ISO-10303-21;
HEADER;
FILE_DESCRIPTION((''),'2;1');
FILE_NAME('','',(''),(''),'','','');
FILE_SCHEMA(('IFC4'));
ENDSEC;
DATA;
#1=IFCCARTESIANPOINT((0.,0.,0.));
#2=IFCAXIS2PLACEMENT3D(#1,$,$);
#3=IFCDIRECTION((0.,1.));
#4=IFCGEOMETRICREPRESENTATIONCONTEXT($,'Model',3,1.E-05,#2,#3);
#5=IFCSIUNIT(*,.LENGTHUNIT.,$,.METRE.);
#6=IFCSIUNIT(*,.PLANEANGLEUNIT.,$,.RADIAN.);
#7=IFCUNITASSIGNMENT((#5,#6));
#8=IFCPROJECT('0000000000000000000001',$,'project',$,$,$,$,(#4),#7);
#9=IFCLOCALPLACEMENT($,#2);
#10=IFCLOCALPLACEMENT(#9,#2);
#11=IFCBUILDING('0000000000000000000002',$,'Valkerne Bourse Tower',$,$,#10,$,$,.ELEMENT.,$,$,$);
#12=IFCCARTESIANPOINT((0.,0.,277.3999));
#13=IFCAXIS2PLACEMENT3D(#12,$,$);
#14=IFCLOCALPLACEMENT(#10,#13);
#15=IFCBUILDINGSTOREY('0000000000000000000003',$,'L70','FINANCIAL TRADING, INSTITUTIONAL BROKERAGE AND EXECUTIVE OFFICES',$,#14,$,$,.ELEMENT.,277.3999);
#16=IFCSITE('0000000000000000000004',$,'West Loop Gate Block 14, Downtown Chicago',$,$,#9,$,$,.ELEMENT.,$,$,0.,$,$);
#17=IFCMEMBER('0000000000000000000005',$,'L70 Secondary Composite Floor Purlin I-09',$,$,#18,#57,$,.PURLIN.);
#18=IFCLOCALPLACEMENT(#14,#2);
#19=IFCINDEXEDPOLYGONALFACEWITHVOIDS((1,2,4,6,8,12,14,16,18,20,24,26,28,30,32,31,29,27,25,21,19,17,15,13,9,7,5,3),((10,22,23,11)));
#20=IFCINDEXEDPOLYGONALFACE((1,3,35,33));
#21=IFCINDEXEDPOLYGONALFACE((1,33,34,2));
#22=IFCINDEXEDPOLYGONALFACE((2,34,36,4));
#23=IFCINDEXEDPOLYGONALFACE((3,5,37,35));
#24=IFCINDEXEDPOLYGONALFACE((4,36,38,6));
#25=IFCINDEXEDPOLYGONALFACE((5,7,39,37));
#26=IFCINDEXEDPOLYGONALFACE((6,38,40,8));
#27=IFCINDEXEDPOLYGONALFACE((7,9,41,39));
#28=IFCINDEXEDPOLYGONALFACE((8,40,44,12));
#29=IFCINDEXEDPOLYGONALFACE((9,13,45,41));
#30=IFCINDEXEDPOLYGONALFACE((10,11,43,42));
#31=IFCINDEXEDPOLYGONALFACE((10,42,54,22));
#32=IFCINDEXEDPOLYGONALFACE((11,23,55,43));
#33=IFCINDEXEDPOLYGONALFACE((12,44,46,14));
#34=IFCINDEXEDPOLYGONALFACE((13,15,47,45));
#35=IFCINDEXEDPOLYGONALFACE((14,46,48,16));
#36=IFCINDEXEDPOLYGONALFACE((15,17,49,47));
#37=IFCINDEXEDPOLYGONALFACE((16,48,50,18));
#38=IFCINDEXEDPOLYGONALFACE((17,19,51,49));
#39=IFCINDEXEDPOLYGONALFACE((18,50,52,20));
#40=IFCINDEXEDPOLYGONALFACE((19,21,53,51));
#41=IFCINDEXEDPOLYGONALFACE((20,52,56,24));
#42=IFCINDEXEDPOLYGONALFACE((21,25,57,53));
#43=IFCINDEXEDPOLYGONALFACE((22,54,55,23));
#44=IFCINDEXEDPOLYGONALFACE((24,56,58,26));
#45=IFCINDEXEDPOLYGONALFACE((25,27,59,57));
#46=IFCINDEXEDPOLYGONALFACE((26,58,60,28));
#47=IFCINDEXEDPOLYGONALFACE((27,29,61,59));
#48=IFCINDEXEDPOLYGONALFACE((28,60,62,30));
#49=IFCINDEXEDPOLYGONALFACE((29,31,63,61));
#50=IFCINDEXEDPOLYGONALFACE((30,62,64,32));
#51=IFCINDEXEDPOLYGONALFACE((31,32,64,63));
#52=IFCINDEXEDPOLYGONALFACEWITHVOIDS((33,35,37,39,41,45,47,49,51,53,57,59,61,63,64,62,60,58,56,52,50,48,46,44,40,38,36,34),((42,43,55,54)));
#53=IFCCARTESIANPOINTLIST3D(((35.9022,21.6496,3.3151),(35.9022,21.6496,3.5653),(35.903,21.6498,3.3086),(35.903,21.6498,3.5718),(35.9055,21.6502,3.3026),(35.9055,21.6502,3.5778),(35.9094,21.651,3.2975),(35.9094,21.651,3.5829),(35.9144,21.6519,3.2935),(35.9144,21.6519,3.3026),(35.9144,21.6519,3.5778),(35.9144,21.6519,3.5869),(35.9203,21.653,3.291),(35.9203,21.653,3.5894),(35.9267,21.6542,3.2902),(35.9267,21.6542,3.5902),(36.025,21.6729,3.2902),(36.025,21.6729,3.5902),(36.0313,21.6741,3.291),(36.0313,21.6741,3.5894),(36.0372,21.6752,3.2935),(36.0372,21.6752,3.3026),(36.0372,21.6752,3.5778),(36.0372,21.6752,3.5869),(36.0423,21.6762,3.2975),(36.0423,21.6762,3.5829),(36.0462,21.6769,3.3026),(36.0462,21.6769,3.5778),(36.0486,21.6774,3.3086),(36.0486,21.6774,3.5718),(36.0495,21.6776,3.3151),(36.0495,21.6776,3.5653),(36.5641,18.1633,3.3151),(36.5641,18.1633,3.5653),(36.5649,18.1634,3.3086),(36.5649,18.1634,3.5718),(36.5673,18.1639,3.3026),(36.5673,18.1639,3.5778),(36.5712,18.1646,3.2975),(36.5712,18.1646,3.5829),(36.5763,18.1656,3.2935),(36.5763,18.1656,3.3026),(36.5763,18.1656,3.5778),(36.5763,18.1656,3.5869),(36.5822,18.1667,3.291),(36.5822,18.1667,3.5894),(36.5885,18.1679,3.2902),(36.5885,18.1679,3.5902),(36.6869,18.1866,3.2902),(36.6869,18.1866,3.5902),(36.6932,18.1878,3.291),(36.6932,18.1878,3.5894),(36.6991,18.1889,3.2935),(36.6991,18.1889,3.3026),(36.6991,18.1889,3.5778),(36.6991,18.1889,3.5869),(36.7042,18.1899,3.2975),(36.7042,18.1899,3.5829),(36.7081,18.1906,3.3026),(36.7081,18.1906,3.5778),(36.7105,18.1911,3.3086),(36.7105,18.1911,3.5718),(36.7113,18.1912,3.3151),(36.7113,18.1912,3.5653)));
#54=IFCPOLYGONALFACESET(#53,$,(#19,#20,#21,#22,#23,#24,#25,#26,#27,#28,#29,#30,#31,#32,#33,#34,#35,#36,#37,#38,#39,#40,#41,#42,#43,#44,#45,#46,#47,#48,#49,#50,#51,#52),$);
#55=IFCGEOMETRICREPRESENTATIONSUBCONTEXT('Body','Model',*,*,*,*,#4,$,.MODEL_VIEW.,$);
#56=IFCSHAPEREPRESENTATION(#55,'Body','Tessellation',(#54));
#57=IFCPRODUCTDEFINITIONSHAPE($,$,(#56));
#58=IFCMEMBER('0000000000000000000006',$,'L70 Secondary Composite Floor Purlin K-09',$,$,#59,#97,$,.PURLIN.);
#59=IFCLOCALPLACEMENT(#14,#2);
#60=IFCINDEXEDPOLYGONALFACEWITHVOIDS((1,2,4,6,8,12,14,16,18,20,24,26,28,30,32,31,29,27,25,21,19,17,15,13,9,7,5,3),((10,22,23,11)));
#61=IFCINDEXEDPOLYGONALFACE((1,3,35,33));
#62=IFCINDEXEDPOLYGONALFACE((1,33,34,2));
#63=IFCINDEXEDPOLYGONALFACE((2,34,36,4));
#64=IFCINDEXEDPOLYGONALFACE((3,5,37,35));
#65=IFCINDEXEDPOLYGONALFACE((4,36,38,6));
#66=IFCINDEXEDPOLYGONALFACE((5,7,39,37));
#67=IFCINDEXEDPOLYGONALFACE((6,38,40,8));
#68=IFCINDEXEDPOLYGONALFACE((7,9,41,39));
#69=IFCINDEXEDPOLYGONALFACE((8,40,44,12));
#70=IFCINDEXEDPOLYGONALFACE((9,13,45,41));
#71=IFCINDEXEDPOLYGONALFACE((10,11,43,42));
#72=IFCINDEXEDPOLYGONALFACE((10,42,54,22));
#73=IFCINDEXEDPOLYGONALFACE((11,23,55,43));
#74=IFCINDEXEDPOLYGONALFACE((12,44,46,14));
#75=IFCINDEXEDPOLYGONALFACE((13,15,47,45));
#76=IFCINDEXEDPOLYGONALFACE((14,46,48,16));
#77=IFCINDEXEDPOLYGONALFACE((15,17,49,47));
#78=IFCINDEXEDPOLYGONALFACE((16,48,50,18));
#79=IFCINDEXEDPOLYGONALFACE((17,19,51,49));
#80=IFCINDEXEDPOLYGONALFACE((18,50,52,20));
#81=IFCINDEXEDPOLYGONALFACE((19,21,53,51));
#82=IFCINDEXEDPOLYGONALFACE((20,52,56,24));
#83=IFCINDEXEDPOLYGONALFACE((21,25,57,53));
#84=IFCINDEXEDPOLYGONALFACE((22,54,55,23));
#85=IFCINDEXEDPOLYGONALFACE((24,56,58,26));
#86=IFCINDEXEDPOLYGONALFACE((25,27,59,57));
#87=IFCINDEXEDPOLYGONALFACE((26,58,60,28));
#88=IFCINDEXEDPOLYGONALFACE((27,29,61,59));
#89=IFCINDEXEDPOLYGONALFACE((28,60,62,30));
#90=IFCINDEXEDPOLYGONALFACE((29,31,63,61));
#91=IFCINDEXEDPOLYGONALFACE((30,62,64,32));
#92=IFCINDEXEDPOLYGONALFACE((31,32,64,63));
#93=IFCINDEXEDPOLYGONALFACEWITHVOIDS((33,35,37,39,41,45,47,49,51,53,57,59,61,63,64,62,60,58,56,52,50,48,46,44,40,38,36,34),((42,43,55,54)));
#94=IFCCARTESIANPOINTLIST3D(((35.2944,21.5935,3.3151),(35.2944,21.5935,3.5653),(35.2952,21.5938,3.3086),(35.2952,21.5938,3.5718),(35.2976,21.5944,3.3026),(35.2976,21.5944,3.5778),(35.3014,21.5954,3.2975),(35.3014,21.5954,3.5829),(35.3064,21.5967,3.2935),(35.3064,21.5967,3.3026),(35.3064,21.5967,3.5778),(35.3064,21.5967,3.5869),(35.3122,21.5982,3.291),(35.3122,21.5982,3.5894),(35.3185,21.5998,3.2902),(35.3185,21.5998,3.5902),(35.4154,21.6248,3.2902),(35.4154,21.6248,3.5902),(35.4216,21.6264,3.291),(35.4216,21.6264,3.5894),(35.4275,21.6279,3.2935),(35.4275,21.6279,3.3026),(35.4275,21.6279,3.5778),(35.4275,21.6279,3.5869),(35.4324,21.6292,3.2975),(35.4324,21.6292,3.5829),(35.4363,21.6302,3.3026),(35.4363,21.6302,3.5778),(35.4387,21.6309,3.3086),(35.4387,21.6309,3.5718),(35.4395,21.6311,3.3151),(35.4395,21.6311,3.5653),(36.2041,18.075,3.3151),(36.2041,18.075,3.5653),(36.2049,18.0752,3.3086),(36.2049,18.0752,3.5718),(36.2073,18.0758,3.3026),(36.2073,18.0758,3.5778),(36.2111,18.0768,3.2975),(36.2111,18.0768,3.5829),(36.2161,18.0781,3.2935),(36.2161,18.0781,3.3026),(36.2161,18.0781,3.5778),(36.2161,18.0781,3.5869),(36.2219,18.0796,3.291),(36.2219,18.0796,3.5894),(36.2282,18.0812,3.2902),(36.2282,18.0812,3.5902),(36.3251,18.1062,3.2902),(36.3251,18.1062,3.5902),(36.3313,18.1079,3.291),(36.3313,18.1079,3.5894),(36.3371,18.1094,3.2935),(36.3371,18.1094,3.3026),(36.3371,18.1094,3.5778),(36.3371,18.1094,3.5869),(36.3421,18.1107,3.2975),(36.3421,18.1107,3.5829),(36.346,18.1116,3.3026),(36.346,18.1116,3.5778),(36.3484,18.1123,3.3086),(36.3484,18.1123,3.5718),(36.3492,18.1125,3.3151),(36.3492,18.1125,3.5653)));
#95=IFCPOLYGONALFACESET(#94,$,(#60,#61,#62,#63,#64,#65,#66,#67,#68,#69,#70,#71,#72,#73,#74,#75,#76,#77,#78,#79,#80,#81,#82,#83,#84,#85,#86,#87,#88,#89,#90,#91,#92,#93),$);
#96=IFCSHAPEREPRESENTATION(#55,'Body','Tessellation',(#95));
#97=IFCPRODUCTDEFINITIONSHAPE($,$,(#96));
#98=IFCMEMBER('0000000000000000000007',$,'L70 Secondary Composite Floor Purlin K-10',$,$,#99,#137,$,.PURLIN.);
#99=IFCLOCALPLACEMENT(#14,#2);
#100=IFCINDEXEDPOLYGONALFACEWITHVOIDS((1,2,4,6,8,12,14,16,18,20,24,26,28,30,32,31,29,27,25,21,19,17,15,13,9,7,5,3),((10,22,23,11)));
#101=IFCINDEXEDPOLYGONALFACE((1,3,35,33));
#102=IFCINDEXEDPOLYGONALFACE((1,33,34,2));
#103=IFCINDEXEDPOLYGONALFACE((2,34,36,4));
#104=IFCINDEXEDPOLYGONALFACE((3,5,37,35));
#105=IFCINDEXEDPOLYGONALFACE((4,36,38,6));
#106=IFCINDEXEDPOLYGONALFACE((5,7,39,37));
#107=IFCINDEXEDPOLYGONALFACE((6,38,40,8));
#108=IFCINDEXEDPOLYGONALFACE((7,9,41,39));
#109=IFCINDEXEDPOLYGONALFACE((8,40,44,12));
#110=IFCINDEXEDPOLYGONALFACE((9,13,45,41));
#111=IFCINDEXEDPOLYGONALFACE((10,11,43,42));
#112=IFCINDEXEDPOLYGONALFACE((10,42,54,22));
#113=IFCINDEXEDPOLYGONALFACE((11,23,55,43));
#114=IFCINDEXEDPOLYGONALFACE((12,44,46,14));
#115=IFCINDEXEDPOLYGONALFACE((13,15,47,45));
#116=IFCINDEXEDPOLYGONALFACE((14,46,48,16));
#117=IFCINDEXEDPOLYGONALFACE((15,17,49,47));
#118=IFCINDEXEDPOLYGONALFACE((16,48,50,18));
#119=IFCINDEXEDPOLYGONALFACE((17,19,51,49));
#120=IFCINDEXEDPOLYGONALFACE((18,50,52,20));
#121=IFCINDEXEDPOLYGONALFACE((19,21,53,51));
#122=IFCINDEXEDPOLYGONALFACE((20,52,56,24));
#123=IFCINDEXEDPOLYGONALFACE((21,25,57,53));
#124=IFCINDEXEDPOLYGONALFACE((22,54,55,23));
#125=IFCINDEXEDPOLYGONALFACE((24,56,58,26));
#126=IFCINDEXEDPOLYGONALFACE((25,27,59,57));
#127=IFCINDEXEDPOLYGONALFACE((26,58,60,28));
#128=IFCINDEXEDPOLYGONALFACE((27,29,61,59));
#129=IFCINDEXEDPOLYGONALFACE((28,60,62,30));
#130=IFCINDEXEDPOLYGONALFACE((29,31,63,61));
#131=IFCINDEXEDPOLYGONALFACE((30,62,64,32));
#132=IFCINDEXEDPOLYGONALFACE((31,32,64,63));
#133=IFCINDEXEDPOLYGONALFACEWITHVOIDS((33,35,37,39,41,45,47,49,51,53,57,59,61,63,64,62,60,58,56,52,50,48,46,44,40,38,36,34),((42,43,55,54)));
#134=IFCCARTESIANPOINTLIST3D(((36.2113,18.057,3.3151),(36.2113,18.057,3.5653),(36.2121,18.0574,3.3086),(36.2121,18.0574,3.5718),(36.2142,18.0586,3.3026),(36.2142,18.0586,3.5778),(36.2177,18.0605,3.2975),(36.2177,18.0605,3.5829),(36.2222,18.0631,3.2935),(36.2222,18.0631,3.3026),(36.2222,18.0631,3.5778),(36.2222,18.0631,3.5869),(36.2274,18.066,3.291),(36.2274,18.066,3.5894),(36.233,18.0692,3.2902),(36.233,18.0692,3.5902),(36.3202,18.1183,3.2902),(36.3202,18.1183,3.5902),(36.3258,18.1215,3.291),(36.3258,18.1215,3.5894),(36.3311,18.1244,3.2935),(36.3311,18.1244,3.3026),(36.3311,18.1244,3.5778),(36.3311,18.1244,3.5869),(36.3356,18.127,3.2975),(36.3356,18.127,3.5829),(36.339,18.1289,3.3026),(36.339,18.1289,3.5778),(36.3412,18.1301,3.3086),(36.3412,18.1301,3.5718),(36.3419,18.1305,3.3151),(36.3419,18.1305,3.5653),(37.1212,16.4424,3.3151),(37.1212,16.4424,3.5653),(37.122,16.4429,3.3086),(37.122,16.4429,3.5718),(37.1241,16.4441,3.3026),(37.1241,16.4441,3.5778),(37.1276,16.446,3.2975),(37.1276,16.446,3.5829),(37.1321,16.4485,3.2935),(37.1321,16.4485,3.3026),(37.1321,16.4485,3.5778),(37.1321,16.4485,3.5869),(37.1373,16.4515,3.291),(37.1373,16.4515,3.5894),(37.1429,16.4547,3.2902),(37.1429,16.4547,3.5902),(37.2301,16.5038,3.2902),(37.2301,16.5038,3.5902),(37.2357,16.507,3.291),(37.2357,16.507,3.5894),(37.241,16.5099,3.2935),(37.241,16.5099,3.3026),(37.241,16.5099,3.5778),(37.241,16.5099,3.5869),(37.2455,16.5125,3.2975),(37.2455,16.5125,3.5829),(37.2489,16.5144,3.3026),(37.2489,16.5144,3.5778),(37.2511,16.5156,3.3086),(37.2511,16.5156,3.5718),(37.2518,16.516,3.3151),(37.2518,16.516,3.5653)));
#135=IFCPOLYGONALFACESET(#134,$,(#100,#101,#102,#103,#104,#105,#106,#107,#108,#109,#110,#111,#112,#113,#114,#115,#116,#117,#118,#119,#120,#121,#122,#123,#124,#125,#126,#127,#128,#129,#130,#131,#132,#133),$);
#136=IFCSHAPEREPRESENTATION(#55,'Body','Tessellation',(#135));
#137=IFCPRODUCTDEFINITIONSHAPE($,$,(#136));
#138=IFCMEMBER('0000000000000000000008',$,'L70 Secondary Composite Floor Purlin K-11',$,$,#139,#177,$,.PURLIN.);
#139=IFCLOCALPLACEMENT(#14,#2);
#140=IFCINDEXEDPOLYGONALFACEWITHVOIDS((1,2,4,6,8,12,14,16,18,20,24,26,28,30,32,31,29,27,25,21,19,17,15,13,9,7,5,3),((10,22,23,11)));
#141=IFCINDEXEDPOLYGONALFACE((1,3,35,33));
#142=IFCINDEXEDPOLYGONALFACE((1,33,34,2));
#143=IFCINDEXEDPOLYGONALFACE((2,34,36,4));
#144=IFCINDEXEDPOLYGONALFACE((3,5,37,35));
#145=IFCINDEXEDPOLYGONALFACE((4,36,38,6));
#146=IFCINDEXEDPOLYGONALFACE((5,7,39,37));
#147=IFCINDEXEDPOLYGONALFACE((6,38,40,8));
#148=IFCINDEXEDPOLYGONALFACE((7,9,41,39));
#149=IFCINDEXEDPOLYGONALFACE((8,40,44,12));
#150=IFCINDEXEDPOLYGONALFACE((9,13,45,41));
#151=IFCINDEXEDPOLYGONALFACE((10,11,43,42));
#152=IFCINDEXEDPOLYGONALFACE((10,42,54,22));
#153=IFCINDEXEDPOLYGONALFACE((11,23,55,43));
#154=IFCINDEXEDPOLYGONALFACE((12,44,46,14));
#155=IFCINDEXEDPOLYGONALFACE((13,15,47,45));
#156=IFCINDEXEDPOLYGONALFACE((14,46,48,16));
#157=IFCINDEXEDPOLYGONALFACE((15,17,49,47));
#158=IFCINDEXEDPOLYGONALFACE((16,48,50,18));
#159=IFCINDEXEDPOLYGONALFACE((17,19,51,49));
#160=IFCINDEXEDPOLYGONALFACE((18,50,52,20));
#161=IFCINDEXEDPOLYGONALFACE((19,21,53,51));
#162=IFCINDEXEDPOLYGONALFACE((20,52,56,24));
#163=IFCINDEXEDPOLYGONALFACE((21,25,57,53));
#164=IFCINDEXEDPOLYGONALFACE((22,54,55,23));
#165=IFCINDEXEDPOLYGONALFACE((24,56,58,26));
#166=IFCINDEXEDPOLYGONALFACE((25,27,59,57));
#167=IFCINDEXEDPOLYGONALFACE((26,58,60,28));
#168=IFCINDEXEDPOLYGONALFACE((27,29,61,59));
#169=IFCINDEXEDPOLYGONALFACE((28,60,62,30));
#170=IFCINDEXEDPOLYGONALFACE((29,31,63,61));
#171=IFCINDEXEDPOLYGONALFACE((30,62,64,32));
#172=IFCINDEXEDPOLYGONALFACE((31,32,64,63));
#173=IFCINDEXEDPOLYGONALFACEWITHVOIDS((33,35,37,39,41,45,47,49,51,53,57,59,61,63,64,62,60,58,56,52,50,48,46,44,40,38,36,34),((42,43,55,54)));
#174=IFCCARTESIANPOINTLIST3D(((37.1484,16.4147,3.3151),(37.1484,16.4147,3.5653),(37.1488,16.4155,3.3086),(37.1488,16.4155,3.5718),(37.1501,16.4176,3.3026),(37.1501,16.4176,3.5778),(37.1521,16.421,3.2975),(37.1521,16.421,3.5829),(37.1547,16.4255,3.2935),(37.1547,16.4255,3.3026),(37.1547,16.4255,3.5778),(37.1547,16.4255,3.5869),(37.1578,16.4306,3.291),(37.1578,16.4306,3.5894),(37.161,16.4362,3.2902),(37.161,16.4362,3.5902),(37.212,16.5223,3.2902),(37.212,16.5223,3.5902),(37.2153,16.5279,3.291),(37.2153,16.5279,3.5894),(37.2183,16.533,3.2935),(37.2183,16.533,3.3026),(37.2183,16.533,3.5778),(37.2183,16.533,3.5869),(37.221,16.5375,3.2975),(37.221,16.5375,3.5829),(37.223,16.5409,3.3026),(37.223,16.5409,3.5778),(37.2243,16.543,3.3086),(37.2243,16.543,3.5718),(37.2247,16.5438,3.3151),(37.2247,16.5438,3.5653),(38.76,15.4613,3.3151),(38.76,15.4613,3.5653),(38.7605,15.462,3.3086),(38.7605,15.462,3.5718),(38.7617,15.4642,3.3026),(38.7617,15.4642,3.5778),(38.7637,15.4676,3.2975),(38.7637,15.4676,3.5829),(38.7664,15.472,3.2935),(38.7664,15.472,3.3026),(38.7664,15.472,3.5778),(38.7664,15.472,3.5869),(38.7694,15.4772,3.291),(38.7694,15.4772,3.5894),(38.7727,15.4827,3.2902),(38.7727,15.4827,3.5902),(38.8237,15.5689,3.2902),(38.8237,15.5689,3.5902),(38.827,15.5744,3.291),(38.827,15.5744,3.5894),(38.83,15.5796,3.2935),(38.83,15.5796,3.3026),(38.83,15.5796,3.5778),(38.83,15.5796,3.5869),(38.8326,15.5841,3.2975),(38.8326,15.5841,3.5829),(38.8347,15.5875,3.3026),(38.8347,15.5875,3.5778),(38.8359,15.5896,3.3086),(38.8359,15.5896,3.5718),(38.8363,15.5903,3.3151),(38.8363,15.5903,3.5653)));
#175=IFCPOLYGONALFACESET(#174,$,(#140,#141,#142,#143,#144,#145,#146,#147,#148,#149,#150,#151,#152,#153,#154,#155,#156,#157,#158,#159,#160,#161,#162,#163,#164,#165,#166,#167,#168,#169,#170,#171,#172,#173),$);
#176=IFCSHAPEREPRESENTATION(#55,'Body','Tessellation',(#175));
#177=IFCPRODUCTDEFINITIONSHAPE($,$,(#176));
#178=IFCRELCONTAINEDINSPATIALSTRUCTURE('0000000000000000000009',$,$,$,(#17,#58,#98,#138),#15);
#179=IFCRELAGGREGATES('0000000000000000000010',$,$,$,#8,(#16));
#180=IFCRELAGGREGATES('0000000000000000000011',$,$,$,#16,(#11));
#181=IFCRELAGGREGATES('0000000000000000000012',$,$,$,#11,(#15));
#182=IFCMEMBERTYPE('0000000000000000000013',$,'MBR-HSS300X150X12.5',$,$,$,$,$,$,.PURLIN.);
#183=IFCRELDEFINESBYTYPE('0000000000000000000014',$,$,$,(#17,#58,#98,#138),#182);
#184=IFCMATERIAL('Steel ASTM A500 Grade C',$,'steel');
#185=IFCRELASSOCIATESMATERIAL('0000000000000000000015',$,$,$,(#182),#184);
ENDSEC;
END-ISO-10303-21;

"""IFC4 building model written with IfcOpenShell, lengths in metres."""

from ifc_helpers import new_model, si_unit, direction, frame, origin, origin_2d, place, context, subcontext, project, spatial, hollow_rectangle, extrude, material, material_profile, profile_set, type_object, element, save


model = new_model("IFC4")

# Units and contexts
model_context = context("Model", 3, precision=1e-05, world=origin(), true_north=direction((0.0, 1.0)))
body_context = subcontext(model_context, "Body", "Model", "MODEL_VIEW")
ifc_project = project(units=[si_unit("LENGTHUNIT", "METRE"), si_unit("PLANEANGLEUNIT", "RADIAN")], contexts=[model_context])

# Site, building, storey
site_placement = place(None, origin())
site = spatial("IfcSite", under=ifc_project, at=site_placement, Name="West Loop Gate Block 14, Downtown Chicago", CompositionType="ELEMENT", RefElevation=0.0)
building_placement = place(site_placement, origin())
building = spatial("IfcBuilding", under=site, at=building_placement, Name="Valkerne Bourse Tower", CompositionType="ELEMENT")
storey_placement = place(building_placement, frame((0.0, 0.0, 277.3999)))
storey = spatial("IfcBuildingStorey", under=building, at=storey_placement, Name="L70", Description="FINANCIAL TRADING, INSTITUTIONAL BROKERAGE AND EXECUTIVE OFFICES", CompositionType="ELEMENT", Elevation=277.3999)

# Members
ifc_material_1 = material(Name="Steel ASTM A500 Grade C", Category="steel")
ifc_material_profile_1 = material_profile(ifc_material_1, hollow_rectangle(XDim=0.1499, YDim=0.3, WallThickness=0.0125, OuterFilletRadius=0.0249, at=origin_2d()), Name="HSS300X150X12.5")
ifc_profile_set_1 = profile_set([ifc_material_profile_1], Name="Steel ASTM A500 Grade C")
member_type_1 = type_object("IfcMemberType", Name="MBR-HSS300X150X12.5", PredefinedType="PURLIN", material=ifc_profile_set_1)
member_1_placement = place(storey_placement, frame((35.9758, 21.6636, 3.4402), z_axis=(0.186515, -0.982452, 0.0), x_axis=(0.982452, 0.186515, 0.0)))
element("IfcMember", 1, at=member_1_placement, inside=storey, type_object=member_type_1, Name="L70 Secondary Composite Floor Purlin I-09", PredefinedType="PURLIN", context=body_context, shape_type="SweptSolid", body=[
    extrude(hollow_rectangle(XDim=0.1499, YDim=0.3, WallThickness=0.0125, OuterFilletRadius=0.0249, at=origin_2d()), origin(), (0.0, 0.0, 1.0), 3.5486),
])
member_2_placement = place(storey_placement, frame((35.3669, 21.6123, 3.4402), z_axis=(0.250305, -0.968167, 0.0), x_axis=(0.968167, 0.250305, 0.0)))
element("IfcMember", 2, at=member_2_placement, inside=storey, type_object=member_type_1, Name="L70 Secondary Composite Floor Purlin K-09", PredefinedType="PURLIN", context=body_context, shape_type="SweptSolid", body=[
    extrude(hollow_rectangle(XDim=0.1499, YDim=0.3, WallThickness=0.0125, OuterFilletRadius=0.0249, at=origin_2d()), origin(), (0.0, 0.0, 1.0), 3.6343),
])
member_3_placement = place(storey_placement, frame((36.2766, 18.0938, 3.4402), z_axis=(0.49098, -0.871171, 0.0), x_axis=(0.871171, 0.49098, 0.0)))
element("IfcMember", 3, at=member_3_placement, inside=storey, type_object=member_type_1, Name="L70 Secondary Composite Floor Purlin K-10", PredefinedType="PURLIN", context=body_context, shape_type="SweptSolid", body=[
    extrude(hollow_rectangle(XDim=0.1499, YDim=0.3, WallThickness=0.0125, OuterFilletRadius=0.0249, at=origin_2d()), origin(), (0.0, 0.0, 1.0), 1.8533),
])
member_4_placement = place(storey_placement, frame((37.1865, 16.4792, 3.4402), z_axis=(0.860675, -0.509155, 0.0), x_axis=(0.509155, 0.860675, 0.0)))
element("IfcMember", 4, at=member_4_placement, inside=storey, type_object=member_type_1, Name="L70 Secondary Composite Floor Purlin K-11", PredefinedType="PURLIN", context=body_context, shape_type="SweptSolid", body=[
    extrude(hollow_rectangle(XDim=0.1499, YDim=0.3, WallThickness=0.0125, OuterFilletRadius=0.0249, at=origin_2d()), origin(), (0.0, 0.0, 1.0), 1.8726),
])

save(model, "model.ifc")
